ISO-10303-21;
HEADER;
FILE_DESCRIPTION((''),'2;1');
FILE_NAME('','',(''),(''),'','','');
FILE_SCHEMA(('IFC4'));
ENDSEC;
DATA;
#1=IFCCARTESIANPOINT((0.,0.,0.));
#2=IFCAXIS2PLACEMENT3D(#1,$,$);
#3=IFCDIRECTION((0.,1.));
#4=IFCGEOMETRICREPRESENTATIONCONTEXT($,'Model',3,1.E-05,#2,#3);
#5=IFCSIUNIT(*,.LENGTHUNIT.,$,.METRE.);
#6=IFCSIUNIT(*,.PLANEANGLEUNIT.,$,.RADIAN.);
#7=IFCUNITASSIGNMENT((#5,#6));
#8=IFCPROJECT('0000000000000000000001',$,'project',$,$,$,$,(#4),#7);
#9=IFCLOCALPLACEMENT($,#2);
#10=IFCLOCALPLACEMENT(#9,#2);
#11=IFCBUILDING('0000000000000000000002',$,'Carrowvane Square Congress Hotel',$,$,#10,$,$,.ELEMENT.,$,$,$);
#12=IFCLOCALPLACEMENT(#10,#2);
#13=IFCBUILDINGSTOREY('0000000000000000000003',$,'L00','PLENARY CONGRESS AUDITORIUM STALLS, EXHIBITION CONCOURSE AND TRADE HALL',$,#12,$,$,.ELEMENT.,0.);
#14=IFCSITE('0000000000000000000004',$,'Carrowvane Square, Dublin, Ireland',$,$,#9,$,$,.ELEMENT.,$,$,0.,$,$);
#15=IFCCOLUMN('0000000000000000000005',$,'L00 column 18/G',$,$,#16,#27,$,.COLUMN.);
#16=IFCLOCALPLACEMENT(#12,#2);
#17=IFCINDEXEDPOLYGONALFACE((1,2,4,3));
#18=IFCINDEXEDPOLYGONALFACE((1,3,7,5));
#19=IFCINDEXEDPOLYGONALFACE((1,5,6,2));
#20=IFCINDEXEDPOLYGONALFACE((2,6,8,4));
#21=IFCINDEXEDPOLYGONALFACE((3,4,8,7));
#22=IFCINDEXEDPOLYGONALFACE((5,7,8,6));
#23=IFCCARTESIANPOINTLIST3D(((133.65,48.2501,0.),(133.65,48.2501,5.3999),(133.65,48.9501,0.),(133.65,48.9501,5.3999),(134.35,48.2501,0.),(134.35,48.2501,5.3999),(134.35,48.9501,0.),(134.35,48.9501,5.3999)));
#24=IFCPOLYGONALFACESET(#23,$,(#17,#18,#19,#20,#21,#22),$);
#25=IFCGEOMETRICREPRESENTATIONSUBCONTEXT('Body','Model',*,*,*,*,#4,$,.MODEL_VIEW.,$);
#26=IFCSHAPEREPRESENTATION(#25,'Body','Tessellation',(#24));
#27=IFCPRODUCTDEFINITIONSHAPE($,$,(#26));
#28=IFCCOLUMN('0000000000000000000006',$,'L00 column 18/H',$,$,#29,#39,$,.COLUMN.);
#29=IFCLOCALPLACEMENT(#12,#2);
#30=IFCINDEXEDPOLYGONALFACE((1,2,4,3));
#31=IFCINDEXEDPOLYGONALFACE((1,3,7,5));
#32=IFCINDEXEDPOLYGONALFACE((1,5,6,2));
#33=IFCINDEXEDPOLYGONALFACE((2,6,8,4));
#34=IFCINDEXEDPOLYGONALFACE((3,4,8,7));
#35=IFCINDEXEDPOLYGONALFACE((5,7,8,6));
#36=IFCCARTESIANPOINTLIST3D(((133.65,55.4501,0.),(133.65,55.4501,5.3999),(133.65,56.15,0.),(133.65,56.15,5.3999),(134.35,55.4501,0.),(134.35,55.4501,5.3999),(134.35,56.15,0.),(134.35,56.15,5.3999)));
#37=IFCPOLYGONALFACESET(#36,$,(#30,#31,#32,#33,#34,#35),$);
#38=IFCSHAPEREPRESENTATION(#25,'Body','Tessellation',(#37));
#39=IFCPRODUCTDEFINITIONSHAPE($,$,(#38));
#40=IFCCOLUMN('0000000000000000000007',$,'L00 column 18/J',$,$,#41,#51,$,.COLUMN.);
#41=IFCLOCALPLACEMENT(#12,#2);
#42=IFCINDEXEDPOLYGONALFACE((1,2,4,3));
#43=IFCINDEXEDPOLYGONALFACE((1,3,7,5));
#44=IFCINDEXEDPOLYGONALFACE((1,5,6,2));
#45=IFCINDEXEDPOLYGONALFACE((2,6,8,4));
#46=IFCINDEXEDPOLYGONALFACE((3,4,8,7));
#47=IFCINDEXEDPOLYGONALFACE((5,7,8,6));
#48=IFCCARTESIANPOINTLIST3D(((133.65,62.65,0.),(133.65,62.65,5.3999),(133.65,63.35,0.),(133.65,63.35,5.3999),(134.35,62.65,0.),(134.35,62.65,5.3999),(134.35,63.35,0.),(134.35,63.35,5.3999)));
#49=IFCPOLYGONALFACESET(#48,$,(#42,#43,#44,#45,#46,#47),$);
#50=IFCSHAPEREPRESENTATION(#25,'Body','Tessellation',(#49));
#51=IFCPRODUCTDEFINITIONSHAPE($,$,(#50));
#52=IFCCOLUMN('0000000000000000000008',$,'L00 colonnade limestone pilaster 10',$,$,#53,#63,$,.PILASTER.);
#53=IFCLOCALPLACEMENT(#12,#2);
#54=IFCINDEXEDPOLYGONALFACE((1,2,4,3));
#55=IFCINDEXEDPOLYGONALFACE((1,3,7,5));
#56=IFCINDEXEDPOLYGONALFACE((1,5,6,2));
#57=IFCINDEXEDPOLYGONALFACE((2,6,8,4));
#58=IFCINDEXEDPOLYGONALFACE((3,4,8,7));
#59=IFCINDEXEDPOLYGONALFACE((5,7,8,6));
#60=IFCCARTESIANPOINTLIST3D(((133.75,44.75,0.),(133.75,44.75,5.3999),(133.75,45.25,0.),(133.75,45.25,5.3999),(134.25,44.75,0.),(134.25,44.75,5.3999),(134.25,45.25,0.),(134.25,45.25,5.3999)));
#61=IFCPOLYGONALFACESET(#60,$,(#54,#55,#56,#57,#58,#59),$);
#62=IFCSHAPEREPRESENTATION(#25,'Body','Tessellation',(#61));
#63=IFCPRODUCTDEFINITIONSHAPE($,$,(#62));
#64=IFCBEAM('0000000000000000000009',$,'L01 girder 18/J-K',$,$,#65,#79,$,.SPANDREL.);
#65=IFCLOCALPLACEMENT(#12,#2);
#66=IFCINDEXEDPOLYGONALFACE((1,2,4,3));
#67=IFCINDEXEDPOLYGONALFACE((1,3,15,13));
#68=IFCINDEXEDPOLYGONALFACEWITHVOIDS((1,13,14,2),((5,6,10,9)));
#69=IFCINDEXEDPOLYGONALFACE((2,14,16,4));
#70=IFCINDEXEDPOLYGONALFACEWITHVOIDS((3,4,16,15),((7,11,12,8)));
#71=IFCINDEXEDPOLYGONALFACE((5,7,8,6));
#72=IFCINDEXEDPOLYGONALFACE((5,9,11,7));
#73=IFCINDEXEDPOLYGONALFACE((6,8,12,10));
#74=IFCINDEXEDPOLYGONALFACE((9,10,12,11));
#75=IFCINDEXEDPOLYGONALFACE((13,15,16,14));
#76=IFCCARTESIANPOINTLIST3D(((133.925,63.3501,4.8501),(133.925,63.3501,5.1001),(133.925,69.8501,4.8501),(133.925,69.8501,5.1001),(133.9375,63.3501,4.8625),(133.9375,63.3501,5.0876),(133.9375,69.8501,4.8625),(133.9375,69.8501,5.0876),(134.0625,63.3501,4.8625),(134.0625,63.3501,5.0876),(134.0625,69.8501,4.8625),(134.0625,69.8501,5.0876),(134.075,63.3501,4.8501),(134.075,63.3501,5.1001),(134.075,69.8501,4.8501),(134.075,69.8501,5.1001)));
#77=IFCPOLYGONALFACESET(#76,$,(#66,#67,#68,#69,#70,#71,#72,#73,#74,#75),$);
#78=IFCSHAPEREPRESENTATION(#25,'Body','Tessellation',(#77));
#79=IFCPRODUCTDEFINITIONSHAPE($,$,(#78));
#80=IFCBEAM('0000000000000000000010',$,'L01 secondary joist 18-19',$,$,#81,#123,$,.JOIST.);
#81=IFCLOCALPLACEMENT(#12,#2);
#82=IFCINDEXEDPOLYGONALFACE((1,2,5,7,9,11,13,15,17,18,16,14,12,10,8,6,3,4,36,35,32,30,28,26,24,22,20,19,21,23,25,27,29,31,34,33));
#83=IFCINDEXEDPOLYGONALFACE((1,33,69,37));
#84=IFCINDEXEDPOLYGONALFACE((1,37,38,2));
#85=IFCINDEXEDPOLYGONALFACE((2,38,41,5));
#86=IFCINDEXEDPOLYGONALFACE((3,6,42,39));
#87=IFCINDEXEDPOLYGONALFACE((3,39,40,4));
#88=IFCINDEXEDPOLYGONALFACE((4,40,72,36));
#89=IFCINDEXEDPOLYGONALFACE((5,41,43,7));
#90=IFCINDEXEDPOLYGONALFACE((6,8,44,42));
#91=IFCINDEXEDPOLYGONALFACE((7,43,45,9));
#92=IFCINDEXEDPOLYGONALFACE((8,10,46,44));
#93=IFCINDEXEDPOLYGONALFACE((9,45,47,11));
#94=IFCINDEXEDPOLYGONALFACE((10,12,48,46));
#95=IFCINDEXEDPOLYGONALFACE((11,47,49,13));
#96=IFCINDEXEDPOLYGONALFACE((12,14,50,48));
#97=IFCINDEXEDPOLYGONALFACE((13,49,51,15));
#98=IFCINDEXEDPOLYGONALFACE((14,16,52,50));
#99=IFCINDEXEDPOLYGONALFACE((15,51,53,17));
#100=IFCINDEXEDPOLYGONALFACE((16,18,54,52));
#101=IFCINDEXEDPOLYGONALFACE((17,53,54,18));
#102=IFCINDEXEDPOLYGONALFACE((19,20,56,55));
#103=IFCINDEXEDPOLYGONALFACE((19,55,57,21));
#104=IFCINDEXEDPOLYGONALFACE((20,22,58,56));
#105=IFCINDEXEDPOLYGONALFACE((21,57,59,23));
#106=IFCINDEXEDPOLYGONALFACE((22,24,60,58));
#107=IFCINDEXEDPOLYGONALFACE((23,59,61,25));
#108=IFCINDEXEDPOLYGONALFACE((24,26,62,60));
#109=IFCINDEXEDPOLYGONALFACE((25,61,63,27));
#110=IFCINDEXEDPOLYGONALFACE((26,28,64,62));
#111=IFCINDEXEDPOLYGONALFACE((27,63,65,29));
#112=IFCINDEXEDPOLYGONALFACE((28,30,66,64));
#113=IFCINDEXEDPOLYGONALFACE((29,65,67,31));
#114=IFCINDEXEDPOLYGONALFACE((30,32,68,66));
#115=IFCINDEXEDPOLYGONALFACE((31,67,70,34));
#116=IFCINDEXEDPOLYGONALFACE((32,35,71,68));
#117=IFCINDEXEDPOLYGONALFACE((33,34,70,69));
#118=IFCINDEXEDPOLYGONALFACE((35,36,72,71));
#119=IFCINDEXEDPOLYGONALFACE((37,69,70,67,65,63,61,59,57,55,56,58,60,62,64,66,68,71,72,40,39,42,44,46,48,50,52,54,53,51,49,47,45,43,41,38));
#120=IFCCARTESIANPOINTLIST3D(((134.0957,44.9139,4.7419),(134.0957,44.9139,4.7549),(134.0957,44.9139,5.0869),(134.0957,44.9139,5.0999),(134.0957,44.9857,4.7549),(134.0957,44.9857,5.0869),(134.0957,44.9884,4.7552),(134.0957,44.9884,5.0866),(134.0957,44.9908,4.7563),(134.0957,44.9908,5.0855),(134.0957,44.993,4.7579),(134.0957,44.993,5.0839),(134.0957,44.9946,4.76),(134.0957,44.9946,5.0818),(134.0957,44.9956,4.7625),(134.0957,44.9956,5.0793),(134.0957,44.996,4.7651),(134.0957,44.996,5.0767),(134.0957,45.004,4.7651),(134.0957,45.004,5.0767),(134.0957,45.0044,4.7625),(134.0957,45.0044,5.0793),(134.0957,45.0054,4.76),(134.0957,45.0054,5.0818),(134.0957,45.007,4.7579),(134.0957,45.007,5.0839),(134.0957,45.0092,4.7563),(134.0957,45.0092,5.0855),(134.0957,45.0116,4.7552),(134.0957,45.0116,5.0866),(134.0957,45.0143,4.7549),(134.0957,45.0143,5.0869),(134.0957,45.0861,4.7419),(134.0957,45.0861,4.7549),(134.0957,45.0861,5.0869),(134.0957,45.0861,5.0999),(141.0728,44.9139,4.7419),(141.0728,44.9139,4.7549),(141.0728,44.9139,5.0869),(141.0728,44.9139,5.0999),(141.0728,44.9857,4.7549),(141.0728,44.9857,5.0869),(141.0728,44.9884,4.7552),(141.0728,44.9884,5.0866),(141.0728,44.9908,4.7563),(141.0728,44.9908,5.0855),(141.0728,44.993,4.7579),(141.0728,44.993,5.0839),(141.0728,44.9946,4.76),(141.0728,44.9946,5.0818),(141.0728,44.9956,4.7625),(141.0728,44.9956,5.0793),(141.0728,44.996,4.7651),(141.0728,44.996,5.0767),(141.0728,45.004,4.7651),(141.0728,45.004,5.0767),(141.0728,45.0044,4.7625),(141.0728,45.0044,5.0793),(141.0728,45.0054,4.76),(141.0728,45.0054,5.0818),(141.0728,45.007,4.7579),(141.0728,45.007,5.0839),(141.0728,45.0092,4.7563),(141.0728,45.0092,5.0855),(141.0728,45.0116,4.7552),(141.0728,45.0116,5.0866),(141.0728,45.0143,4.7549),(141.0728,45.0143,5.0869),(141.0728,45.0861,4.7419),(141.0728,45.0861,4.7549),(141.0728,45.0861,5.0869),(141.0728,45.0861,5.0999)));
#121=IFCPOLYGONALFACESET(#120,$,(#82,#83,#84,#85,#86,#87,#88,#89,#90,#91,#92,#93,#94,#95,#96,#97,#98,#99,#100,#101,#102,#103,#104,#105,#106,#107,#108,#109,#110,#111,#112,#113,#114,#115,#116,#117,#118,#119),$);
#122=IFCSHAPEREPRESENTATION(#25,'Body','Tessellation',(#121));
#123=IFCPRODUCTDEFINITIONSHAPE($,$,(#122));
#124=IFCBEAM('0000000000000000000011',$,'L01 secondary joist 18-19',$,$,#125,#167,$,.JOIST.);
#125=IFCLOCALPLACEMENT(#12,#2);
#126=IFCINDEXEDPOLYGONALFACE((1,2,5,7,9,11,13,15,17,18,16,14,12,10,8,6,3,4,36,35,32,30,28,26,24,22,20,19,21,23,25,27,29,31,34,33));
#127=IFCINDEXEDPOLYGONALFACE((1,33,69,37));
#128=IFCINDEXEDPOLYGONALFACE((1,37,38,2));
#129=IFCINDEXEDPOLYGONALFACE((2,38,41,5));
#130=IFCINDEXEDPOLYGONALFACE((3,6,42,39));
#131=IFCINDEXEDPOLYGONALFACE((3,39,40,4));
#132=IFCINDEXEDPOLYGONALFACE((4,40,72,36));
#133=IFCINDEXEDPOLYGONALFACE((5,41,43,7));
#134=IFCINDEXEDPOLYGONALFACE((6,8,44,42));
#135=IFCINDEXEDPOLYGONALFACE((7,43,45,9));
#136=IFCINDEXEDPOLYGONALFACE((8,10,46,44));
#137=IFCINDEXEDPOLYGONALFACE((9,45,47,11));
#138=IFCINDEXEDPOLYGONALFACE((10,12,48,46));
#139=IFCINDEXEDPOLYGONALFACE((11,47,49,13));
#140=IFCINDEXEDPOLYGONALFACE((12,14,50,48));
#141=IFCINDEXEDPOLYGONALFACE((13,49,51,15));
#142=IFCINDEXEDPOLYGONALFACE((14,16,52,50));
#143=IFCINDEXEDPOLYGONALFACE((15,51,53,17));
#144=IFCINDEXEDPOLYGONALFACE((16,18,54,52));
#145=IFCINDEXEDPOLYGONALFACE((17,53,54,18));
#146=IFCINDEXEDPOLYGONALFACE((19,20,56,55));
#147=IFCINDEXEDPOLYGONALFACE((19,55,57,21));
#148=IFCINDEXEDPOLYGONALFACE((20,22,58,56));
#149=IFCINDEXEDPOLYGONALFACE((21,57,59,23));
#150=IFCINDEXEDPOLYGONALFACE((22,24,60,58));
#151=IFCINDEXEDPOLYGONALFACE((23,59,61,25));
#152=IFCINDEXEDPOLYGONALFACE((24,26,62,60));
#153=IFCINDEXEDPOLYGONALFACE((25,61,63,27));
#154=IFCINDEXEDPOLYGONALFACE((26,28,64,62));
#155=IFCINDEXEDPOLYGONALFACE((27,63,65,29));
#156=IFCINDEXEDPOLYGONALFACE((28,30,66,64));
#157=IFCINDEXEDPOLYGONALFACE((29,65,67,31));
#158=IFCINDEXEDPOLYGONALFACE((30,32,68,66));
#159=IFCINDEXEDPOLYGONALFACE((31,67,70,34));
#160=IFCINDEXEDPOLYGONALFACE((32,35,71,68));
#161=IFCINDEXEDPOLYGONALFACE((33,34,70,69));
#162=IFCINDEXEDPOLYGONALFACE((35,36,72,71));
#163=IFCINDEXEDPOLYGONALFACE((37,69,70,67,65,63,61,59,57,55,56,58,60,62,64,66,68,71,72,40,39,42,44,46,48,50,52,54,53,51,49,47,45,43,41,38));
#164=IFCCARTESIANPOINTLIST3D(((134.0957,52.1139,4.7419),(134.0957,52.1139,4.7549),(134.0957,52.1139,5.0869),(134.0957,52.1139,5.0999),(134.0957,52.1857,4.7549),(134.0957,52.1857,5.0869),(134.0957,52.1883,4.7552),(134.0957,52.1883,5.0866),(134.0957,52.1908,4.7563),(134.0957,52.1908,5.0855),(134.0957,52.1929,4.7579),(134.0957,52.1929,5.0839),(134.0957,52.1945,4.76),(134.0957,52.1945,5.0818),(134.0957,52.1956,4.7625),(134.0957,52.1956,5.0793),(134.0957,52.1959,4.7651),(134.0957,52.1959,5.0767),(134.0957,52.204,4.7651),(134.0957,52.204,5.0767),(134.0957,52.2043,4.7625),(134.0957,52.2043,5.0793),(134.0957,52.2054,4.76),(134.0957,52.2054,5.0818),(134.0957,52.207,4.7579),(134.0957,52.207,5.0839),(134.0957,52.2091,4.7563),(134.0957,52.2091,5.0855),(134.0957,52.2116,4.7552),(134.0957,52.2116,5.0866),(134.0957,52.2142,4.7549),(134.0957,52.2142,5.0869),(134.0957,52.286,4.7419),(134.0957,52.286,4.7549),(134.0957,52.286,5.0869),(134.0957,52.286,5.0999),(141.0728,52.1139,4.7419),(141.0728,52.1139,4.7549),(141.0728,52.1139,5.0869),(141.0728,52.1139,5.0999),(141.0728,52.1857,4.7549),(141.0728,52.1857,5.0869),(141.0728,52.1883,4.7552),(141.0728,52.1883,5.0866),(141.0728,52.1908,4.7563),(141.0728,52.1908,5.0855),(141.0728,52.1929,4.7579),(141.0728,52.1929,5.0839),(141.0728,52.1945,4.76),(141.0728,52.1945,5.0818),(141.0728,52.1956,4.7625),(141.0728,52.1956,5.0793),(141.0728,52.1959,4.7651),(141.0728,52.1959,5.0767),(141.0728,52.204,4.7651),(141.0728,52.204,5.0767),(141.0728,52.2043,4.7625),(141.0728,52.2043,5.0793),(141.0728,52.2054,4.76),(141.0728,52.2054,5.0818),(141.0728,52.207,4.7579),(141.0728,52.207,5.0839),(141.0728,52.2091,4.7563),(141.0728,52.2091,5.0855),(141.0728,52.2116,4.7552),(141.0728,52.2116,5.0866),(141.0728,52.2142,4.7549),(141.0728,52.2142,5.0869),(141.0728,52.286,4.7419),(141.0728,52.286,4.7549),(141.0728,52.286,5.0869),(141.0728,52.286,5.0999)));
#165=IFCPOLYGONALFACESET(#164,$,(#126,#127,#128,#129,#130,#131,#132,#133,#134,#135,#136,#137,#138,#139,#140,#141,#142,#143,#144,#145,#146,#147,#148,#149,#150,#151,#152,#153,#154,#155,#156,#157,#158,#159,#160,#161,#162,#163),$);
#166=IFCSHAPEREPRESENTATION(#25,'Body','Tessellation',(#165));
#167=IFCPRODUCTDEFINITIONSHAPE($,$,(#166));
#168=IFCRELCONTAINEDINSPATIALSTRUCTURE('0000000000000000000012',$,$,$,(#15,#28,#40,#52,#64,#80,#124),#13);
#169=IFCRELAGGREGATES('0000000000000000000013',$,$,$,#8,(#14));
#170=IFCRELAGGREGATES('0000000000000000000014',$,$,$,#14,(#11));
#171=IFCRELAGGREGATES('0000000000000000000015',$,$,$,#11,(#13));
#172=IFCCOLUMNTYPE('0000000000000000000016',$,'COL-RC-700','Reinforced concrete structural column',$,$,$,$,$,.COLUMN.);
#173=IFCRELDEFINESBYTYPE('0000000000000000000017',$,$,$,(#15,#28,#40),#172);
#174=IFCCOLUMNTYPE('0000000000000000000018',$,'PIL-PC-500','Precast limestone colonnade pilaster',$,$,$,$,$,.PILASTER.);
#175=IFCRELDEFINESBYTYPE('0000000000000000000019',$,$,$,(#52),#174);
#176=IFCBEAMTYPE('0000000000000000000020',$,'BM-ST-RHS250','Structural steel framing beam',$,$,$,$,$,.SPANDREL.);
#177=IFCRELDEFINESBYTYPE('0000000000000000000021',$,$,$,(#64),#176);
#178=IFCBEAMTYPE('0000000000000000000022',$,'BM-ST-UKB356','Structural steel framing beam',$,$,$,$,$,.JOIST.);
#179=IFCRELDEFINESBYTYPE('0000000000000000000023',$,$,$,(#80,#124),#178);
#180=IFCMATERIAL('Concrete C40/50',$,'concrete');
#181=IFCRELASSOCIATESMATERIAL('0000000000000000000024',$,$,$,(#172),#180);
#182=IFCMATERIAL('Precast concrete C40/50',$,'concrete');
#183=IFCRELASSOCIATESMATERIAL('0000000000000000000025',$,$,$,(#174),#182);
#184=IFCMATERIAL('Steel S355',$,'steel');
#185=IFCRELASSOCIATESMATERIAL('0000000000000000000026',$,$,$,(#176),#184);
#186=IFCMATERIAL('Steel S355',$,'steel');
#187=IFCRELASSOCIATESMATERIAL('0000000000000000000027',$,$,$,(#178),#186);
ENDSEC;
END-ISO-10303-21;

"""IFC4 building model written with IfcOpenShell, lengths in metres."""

from ifc_helpers import new_model, si_unit, direction, frame, origin, origin_2d, place, context, subcontext, project, spatial, rectangle, hollow_rectangle, i_section, extrude, material, material_profile, profile_set, type_object, element, save


model = new_model("IFC4")

# Units and contexts
model_context = context("Model", 3, precision=1e-05, world=origin(), true_north=direction((0.0, 1.0)))
body_context = subcontext(model_context, "Body", "Model", "MODEL_VIEW")
ifc_project = project(units=[si_unit("LENGTHUNIT", "METRE"), si_unit("PLANEANGLEUNIT", "RADIAN")], contexts=[model_context])

# Site, building, storey
site_placement = place(None, origin())
site = spatial("IfcSite", under=ifc_project, at=site_placement, Name="Carrowvane Square, Dublin, Ireland", CompositionType="ELEMENT", RefElevation=0.0)
building_placement = place(site_placement, origin())
building = spatial("IfcBuilding", under=site, at=building_placement, Name="Carrowvane Square Congress Hotel", CompositionType="ELEMENT")
storey_placement = place(building_placement, origin())
storey = spatial("IfcBuildingStorey", under=building, at=storey_placement, Name="L00", Description="PLENARY CONGRESS AUDITORIUM STALLS, EXHIBITION CONCOURSE AND TRADE HALL", CompositionType="ELEMENT", Elevation=0.0)

# Columns
ifc_material_1 = material(Name="Concrete C40/50", Category="concrete")
ifc_material_profile_1 = material_profile(ifc_material_1, rectangle(XDim=0.7, YDim=0.7, at=origin_2d()), Name="RC 700x700")
ifc_profile_set_1 = profile_set([ifc_material_profile_1], Name="Concrete C40/50")
column_type_1 = type_object("IfcColumnType", Name="COL-RC-700", Description="Reinforced concrete structural column", PredefinedType="COLUMN", material=ifc_profile_set_1)
for number, where, z_axis, x_axis, name in (
    (1, (134.0, 48.6001, 0.0), (0.0, 0.0, 1.0), (1.0, 0.0, 0.0), "L00 column 18/G"),
    (2, (134.0, 55.8, 0.0), (0.0, 0.0, 1.0), (1.0, 0.0, 0.0), "L00 column 18/H"),
    (3, (134.0, 63.0, 0.0), (0.0, 0.0, 1.0), (1.0, 0.0, 0.0), "L00 column 18/J"),
):
    element("IfcColumn", number, at=place(storey_placement, frame(where, z_axis=z_axis, x_axis=x_axis)), inside=storey, type_object=column_type_1, Name=name, PredefinedType="COLUMN", context=body_context, shape_type="SweptSolid", body=[
        extrude(rectangle(XDim=0.7, YDim=0.7, at=origin_2d()), origin(), (0.0, 0.0, 1.0), 5.3999),
    ])
ifc_material_2 = material(Name="Precast concrete C40/50", Category="concrete")
ifc_material_profile_2 = material_profile(ifc_material_2, rectangle(XDim=0.5, YDim=0.5, at=origin_2d()), Name="RC 500x500")
ifc_profile_set_2 = profile_set([ifc_material_profile_2], Name="Precast concrete C40/50")
column_type_2 = type_object("IfcColumnType", Name="PIL-PC-500", Description="Precast limestone colonnade pilaster", PredefinedType="PILASTER", material=ifc_profile_set_2)
column_placement = place(storey_placement, frame((134.0, 45.0, 0.0), z_axis=(0.0, 0.0, 1.0), x_axis=(1.0, 0.0, 0.0)))
element("IfcColumn", 4, at=column_placement, inside=storey, type_object=column_type_2, Name="L00 colonnade limestone pilaster 10", PredefinedType="PILASTER", context=body_context, shape_type="SweptSolid", body=[
    extrude(rectangle(XDim=0.5, YDim=0.5, at=origin_2d()), origin(), (0.0, 0.0, 1.0), 5.3999),
])

# Beams
ifc_material_3 = material(Name="Steel S355", Category="steel")
ifc_material_profile_3 = material_profile(ifc_material_3, hollow_rectangle(XDim=0.1499, YDim=0.25, WallThickness=0.0125, at=origin_2d()), Name="RHS 250x150x12.5")
ifc_profile_set_3 = profile_set([ifc_material_profile_3], Name="Steel S355")
beam_type_1 = type_object("IfcBeamType", Name="BM-ST-RHS250", Description="Structural steel framing beam", PredefinedType="SPANDREL", material=ifc_profile_set_3)
beam_1_placement = place(storey_placement, frame((134.0, 63.3501, 4.9751), z_axis=(0.0, 1.0, 0.0), x_axis=(-1.0, 0.0, 0.0)))
element("IfcBeam", 5, at=beam_1_placement, inside=storey, type_object=beam_type_1, Name="L01 girder 18/J-K", PredefinedType="SPANDREL", context=body_context, shape_type="SweptSolid", body=[
    extrude(hollow_rectangle(XDim=0.1499, YDim=0.25, WallThickness=0.0125, at=origin_2d()), origin(), (0.0, 0.0, 1.0), 6.5),
])
ifc_material_4 = material(Name="Steel S355", Category="steel")
ifc_material_profile_4 = material_profile(ifc_material_4, i_section(OverallWidth=0.1721, OverallDepth=0.3579, WebThickness=0.0081, FlangeThickness=0.0129, FilletRadius=0.0103, at=origin_2d()), Name="UKB 356x171x57")
ifc_profile_set_4 = profile_set([ifc_material_profile_4], Name="Steel S355")
beam_type_2 = type_object("IfcBeamType", Name="BM-ST-UKB356", Description="Structural steel framing beam", PredefinedType="JOIST", material=ifc_profile_set_4)
for number, where, z_axis, x_axis, name in (
    (6, (134.0957, 45.0, 4.9209), (1.0, 0.0, 0.0), (0.0, 1.0, 0.0), "L01 secondary joist 18-19"),
    (7, (134.0957, 52.2, 4.9209), (1.0, 0.0, 0.0), (0.0, 1.0, 0.0), "L01 secondary joist 18-19"),
):
    element("IfcBeam", number, at=place(storey_placement, frame(where, z_axis=z_axis, x_axis=x_axis)), inside=storey, type_object=beam_type_2, Name=name, PredefinedType="JOIST", context=body_context, shape_type="SweptSolid", body=[
        extrude(i_section(OverallWidth=0.1721, OverallDepth=0.3579, WebThickness=0.0081, FlangeThickness=0.0129, FilletRadius=0.0103, at=origin_2d()), origin(), (0.0, 0.0, 1.0), 6.9771),
    ])

save(model, "model.ifc")
